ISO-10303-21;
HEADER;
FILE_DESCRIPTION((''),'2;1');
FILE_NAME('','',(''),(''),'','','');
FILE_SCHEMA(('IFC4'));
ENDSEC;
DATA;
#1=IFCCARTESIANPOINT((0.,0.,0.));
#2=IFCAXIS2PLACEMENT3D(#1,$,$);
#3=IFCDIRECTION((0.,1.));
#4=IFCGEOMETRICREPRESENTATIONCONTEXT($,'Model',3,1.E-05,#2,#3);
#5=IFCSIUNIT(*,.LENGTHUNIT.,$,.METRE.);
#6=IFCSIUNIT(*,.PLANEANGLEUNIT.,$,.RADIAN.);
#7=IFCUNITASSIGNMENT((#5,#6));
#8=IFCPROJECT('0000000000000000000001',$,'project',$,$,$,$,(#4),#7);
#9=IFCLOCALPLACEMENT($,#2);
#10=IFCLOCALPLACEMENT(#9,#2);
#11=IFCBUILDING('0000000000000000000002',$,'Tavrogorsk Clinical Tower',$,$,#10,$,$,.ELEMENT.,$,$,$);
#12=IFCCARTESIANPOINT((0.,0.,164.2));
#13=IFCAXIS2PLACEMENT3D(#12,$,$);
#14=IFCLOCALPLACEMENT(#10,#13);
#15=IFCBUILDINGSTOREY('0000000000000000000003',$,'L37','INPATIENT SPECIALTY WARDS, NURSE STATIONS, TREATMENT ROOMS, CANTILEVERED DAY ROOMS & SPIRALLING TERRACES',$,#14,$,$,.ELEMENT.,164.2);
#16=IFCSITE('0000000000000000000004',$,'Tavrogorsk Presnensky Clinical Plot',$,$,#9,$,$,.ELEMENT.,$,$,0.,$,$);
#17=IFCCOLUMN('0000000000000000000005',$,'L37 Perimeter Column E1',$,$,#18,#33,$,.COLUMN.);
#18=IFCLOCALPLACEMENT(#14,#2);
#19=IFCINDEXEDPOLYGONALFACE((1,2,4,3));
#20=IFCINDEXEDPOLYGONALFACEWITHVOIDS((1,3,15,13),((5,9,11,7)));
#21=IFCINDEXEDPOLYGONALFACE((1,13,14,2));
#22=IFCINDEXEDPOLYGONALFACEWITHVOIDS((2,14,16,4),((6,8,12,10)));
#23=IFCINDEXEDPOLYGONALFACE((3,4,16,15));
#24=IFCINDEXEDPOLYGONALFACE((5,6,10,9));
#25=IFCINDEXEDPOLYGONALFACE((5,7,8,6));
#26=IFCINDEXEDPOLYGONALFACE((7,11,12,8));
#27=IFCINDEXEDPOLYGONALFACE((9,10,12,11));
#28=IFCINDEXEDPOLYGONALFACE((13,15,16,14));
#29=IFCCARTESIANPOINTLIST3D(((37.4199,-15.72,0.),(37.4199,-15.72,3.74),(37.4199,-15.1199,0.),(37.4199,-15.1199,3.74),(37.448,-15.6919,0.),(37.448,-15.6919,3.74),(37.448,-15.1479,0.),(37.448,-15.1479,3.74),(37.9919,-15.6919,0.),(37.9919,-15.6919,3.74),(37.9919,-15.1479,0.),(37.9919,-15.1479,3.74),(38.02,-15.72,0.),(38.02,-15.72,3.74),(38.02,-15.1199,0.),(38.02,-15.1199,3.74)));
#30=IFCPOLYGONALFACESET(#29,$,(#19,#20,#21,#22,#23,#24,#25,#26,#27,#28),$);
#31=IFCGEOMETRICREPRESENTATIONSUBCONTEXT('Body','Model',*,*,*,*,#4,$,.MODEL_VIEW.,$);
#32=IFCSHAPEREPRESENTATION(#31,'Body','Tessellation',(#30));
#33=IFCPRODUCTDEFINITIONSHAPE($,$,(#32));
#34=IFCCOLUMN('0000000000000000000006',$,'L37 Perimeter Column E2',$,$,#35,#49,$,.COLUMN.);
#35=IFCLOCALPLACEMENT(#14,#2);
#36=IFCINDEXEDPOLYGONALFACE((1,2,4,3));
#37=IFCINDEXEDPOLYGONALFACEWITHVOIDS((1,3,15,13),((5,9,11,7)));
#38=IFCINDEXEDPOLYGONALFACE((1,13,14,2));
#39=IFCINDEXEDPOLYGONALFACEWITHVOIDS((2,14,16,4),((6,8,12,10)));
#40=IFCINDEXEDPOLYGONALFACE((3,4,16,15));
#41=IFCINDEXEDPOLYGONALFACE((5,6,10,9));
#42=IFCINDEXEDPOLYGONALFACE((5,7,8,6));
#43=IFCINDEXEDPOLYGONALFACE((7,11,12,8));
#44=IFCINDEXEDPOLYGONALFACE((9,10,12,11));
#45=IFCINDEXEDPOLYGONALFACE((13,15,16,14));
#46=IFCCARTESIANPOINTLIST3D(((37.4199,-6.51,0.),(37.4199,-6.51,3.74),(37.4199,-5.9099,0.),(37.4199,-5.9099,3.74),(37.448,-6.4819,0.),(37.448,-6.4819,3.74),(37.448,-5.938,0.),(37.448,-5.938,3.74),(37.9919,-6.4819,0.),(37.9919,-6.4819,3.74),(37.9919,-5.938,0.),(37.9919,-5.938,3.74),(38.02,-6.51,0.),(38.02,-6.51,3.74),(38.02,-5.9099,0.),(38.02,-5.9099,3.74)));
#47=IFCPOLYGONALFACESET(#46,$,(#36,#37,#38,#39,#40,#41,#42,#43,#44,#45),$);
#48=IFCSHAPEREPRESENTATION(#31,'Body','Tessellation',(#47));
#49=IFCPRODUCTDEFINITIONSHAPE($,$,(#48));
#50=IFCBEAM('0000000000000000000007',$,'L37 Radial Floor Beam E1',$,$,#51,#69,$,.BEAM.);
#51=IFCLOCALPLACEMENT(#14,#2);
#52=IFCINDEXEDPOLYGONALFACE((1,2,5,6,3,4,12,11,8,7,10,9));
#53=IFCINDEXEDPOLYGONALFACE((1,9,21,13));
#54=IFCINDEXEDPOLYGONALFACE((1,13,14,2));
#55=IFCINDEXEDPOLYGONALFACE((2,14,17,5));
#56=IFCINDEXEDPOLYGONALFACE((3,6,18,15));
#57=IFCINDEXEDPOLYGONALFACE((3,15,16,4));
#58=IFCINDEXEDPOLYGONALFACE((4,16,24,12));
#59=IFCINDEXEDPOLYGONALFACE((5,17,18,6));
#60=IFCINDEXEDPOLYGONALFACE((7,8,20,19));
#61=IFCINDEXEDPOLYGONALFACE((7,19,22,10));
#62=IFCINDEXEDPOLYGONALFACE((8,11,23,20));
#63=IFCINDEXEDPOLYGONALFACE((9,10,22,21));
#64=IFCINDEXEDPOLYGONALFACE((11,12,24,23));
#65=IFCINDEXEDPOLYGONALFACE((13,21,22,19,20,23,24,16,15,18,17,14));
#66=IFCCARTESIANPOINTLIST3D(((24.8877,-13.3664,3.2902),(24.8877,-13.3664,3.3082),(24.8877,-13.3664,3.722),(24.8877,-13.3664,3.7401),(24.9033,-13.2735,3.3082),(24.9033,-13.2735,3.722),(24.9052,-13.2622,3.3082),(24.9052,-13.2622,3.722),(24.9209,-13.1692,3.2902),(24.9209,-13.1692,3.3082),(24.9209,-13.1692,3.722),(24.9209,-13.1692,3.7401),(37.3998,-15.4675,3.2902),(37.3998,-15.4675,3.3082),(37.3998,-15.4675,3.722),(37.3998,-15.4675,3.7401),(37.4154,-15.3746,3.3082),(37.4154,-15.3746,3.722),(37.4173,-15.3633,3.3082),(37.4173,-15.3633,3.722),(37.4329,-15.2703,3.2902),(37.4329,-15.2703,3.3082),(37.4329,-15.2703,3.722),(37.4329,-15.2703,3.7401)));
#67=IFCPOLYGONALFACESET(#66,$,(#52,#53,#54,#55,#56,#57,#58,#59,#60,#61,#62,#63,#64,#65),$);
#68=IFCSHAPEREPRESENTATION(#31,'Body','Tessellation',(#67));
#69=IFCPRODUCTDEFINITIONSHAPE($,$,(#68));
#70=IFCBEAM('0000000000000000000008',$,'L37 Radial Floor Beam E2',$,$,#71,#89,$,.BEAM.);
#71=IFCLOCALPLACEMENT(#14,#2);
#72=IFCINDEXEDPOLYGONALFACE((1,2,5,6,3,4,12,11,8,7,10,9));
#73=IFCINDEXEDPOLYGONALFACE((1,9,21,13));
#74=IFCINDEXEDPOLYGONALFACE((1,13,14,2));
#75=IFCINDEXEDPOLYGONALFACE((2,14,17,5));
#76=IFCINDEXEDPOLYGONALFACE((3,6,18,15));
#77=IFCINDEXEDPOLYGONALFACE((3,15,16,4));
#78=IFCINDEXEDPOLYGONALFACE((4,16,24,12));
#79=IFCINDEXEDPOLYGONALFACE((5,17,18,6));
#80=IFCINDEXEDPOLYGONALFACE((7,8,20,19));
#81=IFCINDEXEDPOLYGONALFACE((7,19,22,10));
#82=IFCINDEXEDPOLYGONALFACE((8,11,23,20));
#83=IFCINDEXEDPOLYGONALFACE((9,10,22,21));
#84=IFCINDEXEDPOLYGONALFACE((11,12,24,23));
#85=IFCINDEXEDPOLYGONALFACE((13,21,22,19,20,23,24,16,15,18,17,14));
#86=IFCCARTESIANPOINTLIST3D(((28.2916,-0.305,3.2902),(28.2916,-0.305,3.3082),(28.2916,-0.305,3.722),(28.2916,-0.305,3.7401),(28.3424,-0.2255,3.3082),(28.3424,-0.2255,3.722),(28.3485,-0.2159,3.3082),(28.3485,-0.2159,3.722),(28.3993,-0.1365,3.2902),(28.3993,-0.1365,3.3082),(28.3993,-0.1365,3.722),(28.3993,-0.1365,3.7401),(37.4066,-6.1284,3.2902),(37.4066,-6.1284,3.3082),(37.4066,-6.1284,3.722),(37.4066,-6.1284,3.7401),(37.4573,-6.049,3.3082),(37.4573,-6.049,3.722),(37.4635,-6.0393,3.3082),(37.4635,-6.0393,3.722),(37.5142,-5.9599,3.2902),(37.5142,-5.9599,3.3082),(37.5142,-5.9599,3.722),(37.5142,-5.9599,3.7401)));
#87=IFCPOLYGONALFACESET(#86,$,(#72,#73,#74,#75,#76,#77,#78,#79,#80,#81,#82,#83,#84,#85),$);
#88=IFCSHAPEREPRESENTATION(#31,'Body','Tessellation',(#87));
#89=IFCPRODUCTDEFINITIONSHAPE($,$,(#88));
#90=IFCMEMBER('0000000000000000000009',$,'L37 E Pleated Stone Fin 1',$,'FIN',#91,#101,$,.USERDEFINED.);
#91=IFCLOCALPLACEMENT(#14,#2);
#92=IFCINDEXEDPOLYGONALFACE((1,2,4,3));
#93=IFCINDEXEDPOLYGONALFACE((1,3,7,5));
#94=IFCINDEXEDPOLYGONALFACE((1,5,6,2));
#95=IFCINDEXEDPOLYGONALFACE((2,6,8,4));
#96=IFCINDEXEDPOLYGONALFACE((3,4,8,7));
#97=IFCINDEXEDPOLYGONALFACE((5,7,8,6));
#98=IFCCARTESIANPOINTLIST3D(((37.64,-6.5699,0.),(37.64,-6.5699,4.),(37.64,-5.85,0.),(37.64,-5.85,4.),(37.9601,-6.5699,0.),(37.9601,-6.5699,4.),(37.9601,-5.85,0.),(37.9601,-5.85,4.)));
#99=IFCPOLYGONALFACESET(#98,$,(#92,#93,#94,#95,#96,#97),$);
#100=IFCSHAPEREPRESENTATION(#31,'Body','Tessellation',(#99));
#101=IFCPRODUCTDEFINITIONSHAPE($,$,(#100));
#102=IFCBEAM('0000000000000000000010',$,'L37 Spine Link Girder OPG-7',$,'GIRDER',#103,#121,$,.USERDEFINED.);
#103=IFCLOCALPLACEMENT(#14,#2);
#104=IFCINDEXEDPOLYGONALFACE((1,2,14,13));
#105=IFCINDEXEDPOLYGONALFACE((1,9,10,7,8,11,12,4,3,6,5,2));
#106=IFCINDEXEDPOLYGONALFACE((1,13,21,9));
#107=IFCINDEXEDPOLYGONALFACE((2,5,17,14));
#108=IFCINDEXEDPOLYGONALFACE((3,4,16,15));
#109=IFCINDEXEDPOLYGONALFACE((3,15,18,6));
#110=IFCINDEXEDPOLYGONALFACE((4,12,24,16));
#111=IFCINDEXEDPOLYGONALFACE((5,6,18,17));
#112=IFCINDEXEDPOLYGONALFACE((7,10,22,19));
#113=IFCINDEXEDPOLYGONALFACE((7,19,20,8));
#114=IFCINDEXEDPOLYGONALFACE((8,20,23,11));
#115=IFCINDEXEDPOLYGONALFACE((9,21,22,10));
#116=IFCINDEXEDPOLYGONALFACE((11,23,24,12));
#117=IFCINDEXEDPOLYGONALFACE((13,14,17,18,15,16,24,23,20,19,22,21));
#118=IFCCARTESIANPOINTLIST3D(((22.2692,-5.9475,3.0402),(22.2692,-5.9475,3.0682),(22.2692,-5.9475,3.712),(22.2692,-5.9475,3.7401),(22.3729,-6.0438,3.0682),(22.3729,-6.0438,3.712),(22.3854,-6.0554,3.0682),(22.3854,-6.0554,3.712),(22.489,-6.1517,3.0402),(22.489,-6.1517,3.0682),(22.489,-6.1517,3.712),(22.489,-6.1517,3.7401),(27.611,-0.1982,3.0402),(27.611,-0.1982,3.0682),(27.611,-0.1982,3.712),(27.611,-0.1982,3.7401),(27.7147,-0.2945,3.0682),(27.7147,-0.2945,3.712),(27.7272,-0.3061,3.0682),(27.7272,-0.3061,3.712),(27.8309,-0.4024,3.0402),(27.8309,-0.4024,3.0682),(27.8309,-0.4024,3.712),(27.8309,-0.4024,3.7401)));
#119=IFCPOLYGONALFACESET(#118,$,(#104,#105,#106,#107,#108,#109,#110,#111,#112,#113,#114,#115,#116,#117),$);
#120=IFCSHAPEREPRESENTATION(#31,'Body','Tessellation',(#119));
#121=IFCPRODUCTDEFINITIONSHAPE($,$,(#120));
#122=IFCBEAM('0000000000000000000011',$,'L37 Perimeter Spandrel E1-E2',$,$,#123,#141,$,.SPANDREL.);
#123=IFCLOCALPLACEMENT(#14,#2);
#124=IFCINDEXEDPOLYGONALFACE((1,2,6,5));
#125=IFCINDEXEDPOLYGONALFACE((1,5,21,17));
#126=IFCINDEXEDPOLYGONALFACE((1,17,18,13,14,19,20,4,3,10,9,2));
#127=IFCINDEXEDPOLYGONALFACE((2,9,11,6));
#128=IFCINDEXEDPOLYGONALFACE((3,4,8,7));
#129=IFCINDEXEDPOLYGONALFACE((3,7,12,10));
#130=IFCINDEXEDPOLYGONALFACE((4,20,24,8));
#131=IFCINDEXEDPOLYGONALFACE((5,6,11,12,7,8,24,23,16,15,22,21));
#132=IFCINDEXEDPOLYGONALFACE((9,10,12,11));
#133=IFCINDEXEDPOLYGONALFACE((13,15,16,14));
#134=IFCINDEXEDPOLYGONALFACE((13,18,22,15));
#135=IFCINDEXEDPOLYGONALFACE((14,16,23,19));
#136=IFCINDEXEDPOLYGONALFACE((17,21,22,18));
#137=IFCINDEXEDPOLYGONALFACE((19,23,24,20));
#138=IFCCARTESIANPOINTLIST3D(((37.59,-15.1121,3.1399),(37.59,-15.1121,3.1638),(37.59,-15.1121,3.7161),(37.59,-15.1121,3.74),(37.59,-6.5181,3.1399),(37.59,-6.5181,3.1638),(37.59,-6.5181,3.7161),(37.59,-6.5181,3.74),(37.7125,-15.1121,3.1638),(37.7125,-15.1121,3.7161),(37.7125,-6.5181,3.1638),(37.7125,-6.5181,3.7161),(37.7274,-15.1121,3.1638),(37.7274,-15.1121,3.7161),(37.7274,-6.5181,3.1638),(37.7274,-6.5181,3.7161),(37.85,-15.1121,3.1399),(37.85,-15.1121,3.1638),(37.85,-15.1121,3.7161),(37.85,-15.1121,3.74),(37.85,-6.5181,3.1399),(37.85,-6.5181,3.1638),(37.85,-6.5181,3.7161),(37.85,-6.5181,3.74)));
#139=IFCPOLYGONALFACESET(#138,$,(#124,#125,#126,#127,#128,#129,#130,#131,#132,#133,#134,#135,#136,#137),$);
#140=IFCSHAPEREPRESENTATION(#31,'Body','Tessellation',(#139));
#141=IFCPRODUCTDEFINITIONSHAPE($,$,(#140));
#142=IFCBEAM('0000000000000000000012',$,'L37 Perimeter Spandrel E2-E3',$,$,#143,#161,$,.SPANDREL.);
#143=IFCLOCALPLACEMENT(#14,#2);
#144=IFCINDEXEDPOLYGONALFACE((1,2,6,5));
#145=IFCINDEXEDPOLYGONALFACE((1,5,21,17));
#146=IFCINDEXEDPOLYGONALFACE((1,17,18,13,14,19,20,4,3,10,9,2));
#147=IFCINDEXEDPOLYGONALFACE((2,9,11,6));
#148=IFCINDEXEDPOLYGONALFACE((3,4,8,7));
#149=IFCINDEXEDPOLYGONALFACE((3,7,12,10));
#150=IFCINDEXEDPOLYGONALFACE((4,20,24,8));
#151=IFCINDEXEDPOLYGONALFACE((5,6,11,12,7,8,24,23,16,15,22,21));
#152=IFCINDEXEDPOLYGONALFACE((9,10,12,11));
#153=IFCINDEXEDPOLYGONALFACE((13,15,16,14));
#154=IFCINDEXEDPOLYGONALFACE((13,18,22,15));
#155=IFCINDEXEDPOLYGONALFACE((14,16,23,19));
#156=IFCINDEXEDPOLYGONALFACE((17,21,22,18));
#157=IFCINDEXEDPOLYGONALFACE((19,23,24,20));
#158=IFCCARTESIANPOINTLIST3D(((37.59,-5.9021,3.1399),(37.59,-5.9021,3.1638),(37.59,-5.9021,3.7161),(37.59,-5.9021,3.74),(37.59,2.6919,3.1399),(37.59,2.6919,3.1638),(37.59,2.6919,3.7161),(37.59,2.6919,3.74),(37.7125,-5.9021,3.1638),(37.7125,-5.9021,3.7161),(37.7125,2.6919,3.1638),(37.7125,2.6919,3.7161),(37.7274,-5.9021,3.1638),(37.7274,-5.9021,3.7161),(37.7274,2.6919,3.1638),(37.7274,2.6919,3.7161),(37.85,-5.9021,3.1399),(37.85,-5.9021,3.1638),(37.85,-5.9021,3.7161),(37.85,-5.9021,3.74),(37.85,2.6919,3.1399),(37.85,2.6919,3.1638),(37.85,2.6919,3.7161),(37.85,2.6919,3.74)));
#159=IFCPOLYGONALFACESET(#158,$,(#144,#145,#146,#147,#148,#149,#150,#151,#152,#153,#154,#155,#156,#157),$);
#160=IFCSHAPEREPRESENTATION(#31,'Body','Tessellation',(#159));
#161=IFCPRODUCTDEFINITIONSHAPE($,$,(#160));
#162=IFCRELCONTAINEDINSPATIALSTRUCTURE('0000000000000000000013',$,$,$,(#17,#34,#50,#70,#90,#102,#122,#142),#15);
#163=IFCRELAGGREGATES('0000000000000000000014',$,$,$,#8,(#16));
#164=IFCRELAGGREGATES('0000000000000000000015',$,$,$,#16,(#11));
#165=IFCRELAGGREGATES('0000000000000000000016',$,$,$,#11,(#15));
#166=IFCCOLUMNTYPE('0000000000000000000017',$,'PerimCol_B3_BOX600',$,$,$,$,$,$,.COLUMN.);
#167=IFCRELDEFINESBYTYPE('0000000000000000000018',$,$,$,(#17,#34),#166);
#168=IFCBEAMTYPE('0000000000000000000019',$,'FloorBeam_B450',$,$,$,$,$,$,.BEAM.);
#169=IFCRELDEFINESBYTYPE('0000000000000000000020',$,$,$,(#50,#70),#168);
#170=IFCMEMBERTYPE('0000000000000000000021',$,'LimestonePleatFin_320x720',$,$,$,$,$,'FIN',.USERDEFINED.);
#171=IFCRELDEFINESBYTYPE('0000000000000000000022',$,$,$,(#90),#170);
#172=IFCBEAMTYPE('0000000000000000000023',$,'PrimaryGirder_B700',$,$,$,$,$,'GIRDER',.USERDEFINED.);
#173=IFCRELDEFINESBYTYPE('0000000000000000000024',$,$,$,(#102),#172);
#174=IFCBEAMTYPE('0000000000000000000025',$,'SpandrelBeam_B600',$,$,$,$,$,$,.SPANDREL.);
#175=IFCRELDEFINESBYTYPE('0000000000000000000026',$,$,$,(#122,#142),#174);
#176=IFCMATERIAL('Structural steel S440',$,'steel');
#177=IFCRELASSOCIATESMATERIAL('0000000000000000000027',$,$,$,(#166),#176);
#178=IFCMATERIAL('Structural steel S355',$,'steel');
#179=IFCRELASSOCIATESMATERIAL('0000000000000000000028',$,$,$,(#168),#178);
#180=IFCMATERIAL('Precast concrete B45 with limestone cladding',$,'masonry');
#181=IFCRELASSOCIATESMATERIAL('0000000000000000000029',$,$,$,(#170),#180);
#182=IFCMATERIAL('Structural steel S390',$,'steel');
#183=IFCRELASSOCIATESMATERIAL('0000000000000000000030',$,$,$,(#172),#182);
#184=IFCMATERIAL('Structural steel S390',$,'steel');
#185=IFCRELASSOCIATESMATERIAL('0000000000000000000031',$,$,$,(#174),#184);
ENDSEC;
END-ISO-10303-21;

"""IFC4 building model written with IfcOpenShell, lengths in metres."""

from ifc_helpers import new_model, si_unit, direction, frame, origin, origin_2d, place, context, subcontext, project, spatial, rectangle, hollow_rectangle, i_section, extrude, material, material_profile, profile_set, type_object, element, save


model = new_model("IFC4")

# Units and contexts
model_context = context("Model", 3, precision=1e-05, world=origin(), true_north=direction((0.0, 1.0)))
body_context = subcontext(model_context, "Body", "Model", "MODEL_VIEW")
ifc_project = project(units=[si_unit("LENGTHUNIT", "METRE"), si_unit("PLANEANGLEUNIT", "RADIAN")], contexts=[model_context])

# Site, building, storey
site_placement = place(None, origin())
site = spatial("IfcSite", under=ifc_project, at=site_placement, Name="Tavrogorsk Presnensky Clinical Plot", CompositionType="ELEMENT", RefElevation=0.0)
building_placement = place(site_placement, origin())
building = spatial("IfcBuilding", under=site, at=building_placement, Name="Tavrogorsk Clinical Tower", CompositionType="ELEMENT")
storey_placement = place(building_placement, frame((0.0, 0.0, 164.2)))
storey = spatial("IfcBuildingStorey", under=building, at=storey_placement, Name="L37", Description="INPATIENT SPECIALTY WARDS, NURSE STATIONS, TREATMENT ROOMS, CANTILEVERED DAY ROOMS & SPIRALLING TERRACES", CompositionType="ELEMENT", Elevation=164.2)

# Columns
ifc_material_1 = material(Name="Structural steel S440", Category="steel")
ifc_material_profile_1 = material_profile(ifc_material_1, hollow_rectangle(XDim=0.6001, YDim=0.6001, WallThickness=0.0281, at=origin_2d()), Name="BOX-600x600x28")
ifc_profile_set_1 = profile_set([ifc_material_profile_1], Name="Structural steel S440")
column_type = type_object("IfcColumnType", Name="PerimCol_B3_BOX600", PredefinedType="COLUMN", material=ifc_profile_set_1)
for number, where, z_axis, x_axis, name in (
    (1, (37.72, -15.4199, 0.0), (0.0, 0.0, 1.0), (1.0, 0.0, 0.0), "L37 Perimeter Column E1"),
    (2, (37.72, -6.21, 0.0), (0.0, 0.0, 1.0), (1.0, 0.0, 0.0), "L37 Perimeter Column E2"),
):
    element("IfcColumn", number, at=place(storey_placement, frame(where, z_axis=z_axis, x_axis=x_axis)), inside=storey, type_object=column_type, Name=name, PredefinedType="COLUMN", context=body_context, shape_type="SweptSolid", body=[
        extrude(hollow_rectangle(XDim=0.6001, YDim=0.6001, WallThickness=0.0281, at=origin_2d()), origin(), (0.0, 0.0, 1.0), 3.74),
    ])

# Beams
ifc_material_2 = material(Name="Structural steel S355", Category="steel")
ifc_material_profile_2 = material_profile(ifc_material_2, i_section(OverallWidth=0.2, OverallDepth=0.45, WebThickness=0.0115, FlangeThickness=0.0181, at=origin_2d()), Name="B-450x200x11.5x18")
ifc_profile_set_2 = profile_set([ifc_material_profile_2], Name="Structural steel S355")
beam_type_1 = type_object("IfcBeamType", Name="FloorBeam_B450", PredefinedType="BEAM", material=ifc_profile_set_2)
beam_1_placement = place(storey_placement, frame((24.9043, -13.2678, 3.5151), z_axis=(0.986192, -0.165607, 0.0), x_axis=(0.165607, 0.986192, 0.0)))
element("IfcBeam", 3, at=beam_1_placement, inside=storey, type_object=beam_type_1, Name="L37 Radial Floor Beam E1", PredefinedType="BEAM", context=body_context, shape_type="SweptSolid", body=[
    extrude(i_section(OverallWidth=0.2, OverallDepth=0.45, WebThickness=0.0115, FlangeThickness=0.0181, at=origin_2d()), origin(), (0.0, 0.0, 1.0), 12.6873),
])
beam_2_placement = place(storey_placement, frame((28.3455, -0.2207, 3.5151), z_axis=(0.842695, -0.538391, 0.0), x_axis=(0.538391, 0.842695, 0.0)))
element("IfcBeam", 4, at=beam_2_placement, inside=storey, type_object=beam_type_1, Name="L37 Radial Floor Beam E2", PredefinedType="BEAM", context=body_context, shape_type="SweptSolid", body=[
    extrude(i_section(OverallWidth=0.2, OverallDepth=0.45, WebThickness=0.0115, FlangeThickness=0.0181, at=origin_2d()), origin(), (0.0, 0.0, 1.0), 10.8164),
])

# Member
ifc_material_3 = material(Name="Precast concrete B45 with limestone cladding", Category="masonry")
ifc_material_profile_3 = material_profile(ifc_material_3, rectangle(XDim=0.3201, YDim=0.72, at=origin_2d()), Name="LIMESTONE-FIN-320x720")
ifc_profile_set_3 = profile_set([ifc_material_profile_3], Name="Precast concrete B45 with limestone cladding")
member_type = type_object("IfcMemberType", Name="LimestonePleatFin_320x720", ElementType="FIN", PredefinedType="USERDEFINED", material=ifc_profile_set_3)
member_placement = place(storey_placement, frame((37.8, -6.21, 0.0), z_axis=(0.0, 0.0, 1.0), x_axis=(1.0, 0.0, 0.0)))
element("IfcMember", 5, at=member_placement, inside=storey, type_object=member_type, Name="L37 E Pleated Stone Fin 1", ObjectType="FIN", PredefinedType="USERDEFINED", context=body_context, shape_type="SweptSolid", body=[
    extrude(rectangle(XDim=0.3201, YDim=0.72, at=origin_2d()), origin(), (0.0, 0.0, 1.0), 4.0),
])

# Beams
ifc_material_4 = material(Name="Structural steel S390", Category="steel")
ifc_material_profile_4 = material_profile(ifc_material_4, i_section(OverallWidth=0.3, OverallDepth=0.7, WebThickness=0.0171, FlangeThickness=0.0281, at=origin_2d()), Name="B-700x300x17x28")
ifc_profile_set_4 = profile_set([ifc_material_profile_4], Name="Structural steel S390")
beam_type_2 = type_object("IfcBeamType", Name="PrimaryGirder_B700", ElementType="GIRDER", PredefinedType="USERDEFINED", material=ifc_profile_set_4)
beam_3_placement = place(storey_placement, frame((27.7209, -0.3003, 3.3901), z_axis=(-0.680669, -0.732591, 0.0), x_axis=(0.732591, -0.680669, 0.0)))
element("IfcBeam", 6, at=beam_3_placement, inside=storey, type_object=beam_type_2, Name="L37 Spine Link Girder OPG-7", ObjectType="GIRDER", PredefinedType="USERDEFINED", context=body_context, shape_type="SweptSolid", body=[
    extrude(i_section(OverallWidth=0.3, OverallDepth=0.7, WebThickness=0.0171, FlangeThickness=0.0281, at=origin_2d()), origin(), (0.0, 0.0, 1.0), 7.8479),
])
ifc_material_5 = material(Name="Structural steel S390", Category="steel")
ifc_material_profile_5 = material_profile(ifc_material_5, i_section(OverallWidth=0.26, OverallDepth=0.6001, WebThickness=0.0149, FlangeThickness=0.0239, at=origin_2d()), Name="B-600x260x15x24")
ifc_profile_set_5 = profile_set([ifc_material_profile_5], Name="Structural steel S390")
beam_type_3 = type_object("IfcBeamType", Name="SpandrelBeam_B600", PredefinedType="SPANDREL", material=ifc_profile_set_5)
for number, where, z_axis, x_axis, name in (
    (7, (37.72, -15.1121, 3.4399), (0.0, 1.0, 0.0), (-1.0, 0.0, 0.0), "L37 Perimeter Spandrel E1-E2"),
    (8, (37.72, -5.9021, 3.4399), (0.0, 1.0, 0.0), (-1.0, 0.0, 0.0), "L37 Perimeter Spandrel E2-E3"),
):
    element("IfcBeam", number, at=place(storey_placement, frame(where, z_axis=z_axis, x_axis=x_axis)), inside=storey, type_object=beam_type_3, Name=name, PredefinedType="SPANDREL", context=body_context, shape_type="SweptSolid", body=[
        extrude(i_section(OverallWidth=0.26, OverallDepth=0.6001, WebThickness=0.0149, FlangeThickness=0.0239, at=origin_2d()), origin(), (0.0, 0.0, 1.0), 8.594),
    ])

save(model, "model.ifc")
